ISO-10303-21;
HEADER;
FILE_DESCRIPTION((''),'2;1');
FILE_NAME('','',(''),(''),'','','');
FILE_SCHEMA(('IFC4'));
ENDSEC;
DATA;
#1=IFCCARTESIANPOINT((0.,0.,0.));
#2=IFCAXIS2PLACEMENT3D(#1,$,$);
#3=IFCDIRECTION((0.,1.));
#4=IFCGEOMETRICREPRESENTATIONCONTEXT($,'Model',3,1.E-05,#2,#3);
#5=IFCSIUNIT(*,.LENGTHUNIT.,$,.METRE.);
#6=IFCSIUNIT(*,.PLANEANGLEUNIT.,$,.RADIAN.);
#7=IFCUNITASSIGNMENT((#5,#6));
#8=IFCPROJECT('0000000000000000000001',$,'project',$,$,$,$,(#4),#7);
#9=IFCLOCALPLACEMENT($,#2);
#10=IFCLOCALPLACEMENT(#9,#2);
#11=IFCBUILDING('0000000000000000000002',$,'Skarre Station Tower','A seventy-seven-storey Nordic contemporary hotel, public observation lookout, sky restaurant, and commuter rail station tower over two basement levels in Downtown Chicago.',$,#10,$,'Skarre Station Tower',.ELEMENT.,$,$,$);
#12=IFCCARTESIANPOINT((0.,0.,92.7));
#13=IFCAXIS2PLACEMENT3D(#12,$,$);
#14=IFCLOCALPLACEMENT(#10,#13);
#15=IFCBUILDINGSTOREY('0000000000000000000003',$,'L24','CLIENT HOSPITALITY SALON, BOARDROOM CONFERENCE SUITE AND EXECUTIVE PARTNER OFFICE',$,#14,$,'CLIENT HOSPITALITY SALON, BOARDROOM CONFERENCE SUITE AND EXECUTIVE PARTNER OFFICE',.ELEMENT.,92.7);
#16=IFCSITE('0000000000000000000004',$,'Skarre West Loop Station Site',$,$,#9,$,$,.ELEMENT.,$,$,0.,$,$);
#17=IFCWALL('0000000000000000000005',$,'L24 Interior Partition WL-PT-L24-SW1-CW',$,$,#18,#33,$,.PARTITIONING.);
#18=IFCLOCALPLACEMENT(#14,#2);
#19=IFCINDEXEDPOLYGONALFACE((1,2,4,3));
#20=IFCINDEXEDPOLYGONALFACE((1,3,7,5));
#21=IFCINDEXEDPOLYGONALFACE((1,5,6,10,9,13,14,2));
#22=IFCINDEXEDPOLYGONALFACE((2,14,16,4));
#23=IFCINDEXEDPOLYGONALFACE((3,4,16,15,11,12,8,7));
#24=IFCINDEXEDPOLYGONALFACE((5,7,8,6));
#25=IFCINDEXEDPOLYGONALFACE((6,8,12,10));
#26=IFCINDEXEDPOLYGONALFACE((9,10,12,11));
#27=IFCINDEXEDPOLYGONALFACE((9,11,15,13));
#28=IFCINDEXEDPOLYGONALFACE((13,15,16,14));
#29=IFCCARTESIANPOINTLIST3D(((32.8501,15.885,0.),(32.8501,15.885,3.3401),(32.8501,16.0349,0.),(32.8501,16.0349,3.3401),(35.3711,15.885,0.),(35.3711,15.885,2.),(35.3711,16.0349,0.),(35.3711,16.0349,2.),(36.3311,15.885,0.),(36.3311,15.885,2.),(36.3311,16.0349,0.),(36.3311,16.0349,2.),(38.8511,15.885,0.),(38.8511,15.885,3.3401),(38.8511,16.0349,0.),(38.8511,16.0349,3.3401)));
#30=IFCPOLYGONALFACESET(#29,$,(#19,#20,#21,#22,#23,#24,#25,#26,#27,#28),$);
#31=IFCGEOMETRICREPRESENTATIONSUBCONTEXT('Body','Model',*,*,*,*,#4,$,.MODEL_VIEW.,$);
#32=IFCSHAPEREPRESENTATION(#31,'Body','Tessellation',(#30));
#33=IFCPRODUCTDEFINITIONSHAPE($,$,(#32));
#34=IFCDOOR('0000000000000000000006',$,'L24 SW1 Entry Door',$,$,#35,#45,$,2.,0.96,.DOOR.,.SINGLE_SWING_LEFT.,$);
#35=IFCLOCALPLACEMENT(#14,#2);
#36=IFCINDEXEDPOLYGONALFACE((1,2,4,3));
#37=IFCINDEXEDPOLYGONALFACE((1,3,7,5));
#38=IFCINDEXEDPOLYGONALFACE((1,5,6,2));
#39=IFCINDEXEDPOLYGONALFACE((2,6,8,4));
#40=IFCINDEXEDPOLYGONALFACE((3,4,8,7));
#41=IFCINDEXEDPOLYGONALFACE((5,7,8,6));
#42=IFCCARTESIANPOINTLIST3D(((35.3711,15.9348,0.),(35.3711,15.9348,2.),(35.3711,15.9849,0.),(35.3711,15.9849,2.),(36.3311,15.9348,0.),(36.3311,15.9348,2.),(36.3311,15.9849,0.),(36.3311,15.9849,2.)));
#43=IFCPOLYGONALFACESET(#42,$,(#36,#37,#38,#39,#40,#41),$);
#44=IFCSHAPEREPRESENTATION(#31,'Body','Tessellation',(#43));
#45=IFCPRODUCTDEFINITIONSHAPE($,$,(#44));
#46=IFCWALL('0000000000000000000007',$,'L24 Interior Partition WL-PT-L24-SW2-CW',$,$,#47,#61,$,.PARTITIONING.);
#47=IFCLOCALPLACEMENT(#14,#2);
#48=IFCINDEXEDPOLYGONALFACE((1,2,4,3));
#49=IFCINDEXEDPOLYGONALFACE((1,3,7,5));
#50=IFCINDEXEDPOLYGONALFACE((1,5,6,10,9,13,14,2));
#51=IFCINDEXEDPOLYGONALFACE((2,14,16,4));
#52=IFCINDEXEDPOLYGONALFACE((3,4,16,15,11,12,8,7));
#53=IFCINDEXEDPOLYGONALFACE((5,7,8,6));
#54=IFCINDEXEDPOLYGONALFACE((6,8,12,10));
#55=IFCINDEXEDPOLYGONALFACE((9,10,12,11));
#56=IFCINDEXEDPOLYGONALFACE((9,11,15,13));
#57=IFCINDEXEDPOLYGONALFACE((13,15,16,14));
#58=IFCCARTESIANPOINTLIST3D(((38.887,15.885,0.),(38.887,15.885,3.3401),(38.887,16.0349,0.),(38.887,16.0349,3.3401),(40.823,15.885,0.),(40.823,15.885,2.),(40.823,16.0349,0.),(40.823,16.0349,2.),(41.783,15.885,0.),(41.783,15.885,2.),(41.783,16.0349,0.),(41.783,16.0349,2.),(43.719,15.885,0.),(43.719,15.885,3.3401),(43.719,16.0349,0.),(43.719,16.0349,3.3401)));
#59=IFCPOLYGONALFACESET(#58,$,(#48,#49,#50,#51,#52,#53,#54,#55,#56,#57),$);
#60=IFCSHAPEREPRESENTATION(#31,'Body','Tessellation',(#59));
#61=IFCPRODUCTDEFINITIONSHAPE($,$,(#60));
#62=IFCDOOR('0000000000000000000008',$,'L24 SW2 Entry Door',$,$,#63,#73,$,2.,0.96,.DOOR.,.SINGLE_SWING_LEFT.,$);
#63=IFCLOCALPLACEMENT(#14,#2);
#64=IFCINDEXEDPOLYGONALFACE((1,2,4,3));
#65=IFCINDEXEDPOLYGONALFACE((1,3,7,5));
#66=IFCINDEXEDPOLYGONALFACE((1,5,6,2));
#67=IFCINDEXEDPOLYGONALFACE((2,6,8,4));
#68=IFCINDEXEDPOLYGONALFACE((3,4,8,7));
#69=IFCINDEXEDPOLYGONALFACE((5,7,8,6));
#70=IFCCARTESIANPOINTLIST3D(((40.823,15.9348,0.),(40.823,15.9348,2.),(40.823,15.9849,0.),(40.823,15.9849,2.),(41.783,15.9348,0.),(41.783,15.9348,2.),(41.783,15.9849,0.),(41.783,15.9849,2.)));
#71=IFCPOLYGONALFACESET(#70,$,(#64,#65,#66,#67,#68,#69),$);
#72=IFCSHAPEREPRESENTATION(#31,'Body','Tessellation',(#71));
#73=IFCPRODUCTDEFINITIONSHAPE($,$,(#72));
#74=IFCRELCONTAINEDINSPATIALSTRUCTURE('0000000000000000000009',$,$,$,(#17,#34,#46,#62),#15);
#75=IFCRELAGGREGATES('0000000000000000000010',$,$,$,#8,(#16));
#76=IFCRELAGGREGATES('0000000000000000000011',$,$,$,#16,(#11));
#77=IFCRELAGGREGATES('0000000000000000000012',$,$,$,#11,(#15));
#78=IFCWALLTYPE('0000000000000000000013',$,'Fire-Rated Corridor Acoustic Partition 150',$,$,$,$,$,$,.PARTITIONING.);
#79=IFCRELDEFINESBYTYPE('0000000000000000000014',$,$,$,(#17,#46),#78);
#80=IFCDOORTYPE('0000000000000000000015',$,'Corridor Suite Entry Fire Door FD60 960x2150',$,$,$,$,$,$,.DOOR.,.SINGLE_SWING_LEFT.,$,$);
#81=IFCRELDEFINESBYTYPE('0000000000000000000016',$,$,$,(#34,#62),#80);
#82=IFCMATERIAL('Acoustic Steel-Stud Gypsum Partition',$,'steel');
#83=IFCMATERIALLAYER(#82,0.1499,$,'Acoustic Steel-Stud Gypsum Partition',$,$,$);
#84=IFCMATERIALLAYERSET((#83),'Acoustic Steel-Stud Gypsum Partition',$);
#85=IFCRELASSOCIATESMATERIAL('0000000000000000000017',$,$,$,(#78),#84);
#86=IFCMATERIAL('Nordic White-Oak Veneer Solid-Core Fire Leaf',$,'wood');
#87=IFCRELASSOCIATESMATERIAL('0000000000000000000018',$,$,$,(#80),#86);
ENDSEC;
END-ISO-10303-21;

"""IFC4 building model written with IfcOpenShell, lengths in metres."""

from ifc_helpers import new_model, si_unit, direction, frame, frame_2d, origin, place, context, subcontext, project, spatial, rectangle, extrude, material, layer, layer_set, type_object, element, fill, save


model = new_model("IFC4")

# Units and contexts
model_context = context("Model", 3, precision=1e-05, world=origin(), true_north=direction((0.0, 1.0)))
body_context = subcontext(model_context, "Body", "Model", "MODEL_VIEW")
ifc_project = project(units=[si_unit("LENGTHUNIT", "METRE"), si_unit("PLANEANGLEUNIT", "RADIAN")], contexts=[model_context])

# Site, building, storey
site_placement = place(None, origin())
site = spatial("IfcSite", under=ifc_project, at=site_placement, Name="Skarre West Loop Station Site", CompositionType="ELEMENT", RefElevation=0.0)
building_placement = place(site_placement, origin())
building = spatial("IfcBuilding", under=site, at=building_placement, Name="Skarre Station Tower", Description="A seventy-seven-storey Nordic contemporary hotel, public observation lookout, sky restaurant, and commuter rail station tower over two basement levels in Downtown Chicago.", LongName="Skarre Station Tower", CompositionType="ELEMENT")
storey_placement = place(building_placement, frame((0.0, 0.0, 92.7)))
storey = spatial("IfcBuildingStorey", under=building, at=storey_placement, Name="L24", Description="CLIENT HOSPITALITY SALON, BOARDROOM CONFERENCE SUITE AND EXECUTIVE PARTNER OFFICE", LongName="CLIENT HOSPITALITY SALON, BOARDROOM CONFERENCE SUITE AND EXECUTIVE PARTNER OFFICE", CompositionType="ELEMENT", Elevation=92.7)

# Shared definitions
ifc_material_1 = material(Name="Acoustic Steel-Stud Gypsum Partition", Category="steel")
ifc_layer_1 = layer(ifc_material_1, 0.1499, Name="Acoustic Steel-Stud Gypsum Partition")
ifc_layer_set_1 = layer_set([ifc_layer_1], Name="Acoustic Steel-Stud Gypsum Partition")
wall_type_1 = type_object("IfcWallType", Name="Fire-Rated Corridor Acoustic Partition 150", PredefinedType="PARTITIONING", material=ifc_layer_set_1)

# Walls, openings, doors
wall_1_placement = place(storey_placement, frame((32.8501, 15.96, 0.0), z_axis=(0.0, 0.0, 1.0), x_axis=(1.0, 0.0, 0.0)))
wall_1 = element("IfcWall", 1, at=wall_1_placement, inside=storey, type_object=wall_type_1, Name="L24 Interior Partition WL-PT-L24-SW1-CW", PredefinedType="PARTITIONING", context=body_context, shape_type="SweptSolid", body=[
    extrude(rectangle(XDim=6.001, YDim=0.1499, at=frame_2d((3.0005, 0.0))), origin(), (0.0, 0.0, 1.0), 3.3401),
])
opening_1_placement = place(wall_1_placement, frame((2.521, 0.0, 0.0)))
opening_1 = element("IfcOpeningElement", 2, at=opening_1_placement, cuts=wall_1, PredefinedType="OPENING", context=body_context, shape_type="SweptSolid", body=[
    extrude(rectangle(XDim=0.96, YDim=2.0, at=frame_2d((0.48, 1.0))), frame((0.0, 0.085, 0.0), z_axis=(0.0, -1.0, 0.0), x_axis=(1.0, 0.0, 0.0)), (0.0, 0.0, 1.0), 0.1699),
])
ifc_material_2 = material(Name="Nordic White-Oak Veneer Solid-Core Fire Leaf", Category="wood")
door_type_1 = type_object("IfcDoorType", Name="Corridor Suite Entry Fire Door FD60 960x2150", OperationType="SINGLE_SWING_LEFT", PredefinedType="DOOR", material=ifc_material_2)
door_1_placement = place(opening_1_placement, origin())
door_1 = element("IfcDoor", 3, at=door_1_placement, inside=storey, type_object=door_type_1, Name="L24 SW1 Entry Door", OperationType="SINGLE_SWING_LEFT", OverallHeight=2.0, OverallWidth=0.96, PredefinedType="DOOR", context=body_context, shape_type="SweptSolid", body=[
    extrude(rectangle(XDim=0.96, YDim=2.0, at=frame_2d((0.48, 1.0))), frame((0.0, 0.0249, 0.0), z_axis=(0.0, -1.0, 0.0), x_axis=(1.0, 0.0, 0.0)), (0.0, 0.0, 1.0), 0.05),
])
fill(opening_1, door_1)
wall_2_placement = place(storey_placement, frame((38.887, 15.96, 0.0), z_axis=(0.0, 0.0, 1.0), x_axis=(1.0, 0.0, 0.0)))
wall_2 = element("IfcWall", 4, at=wall_2_placement, inside=storey, type_object=wall_type_1, Name="L24 Interior Partition WL-PT-L24-SW2-CW", PredefinedType="PARTITIONING", context=body_context, shape_type="SweptSolid", body=[
    extrude(rectangle(XDim=4.832, YDim=0.1499, at=frame_2d((2.416, 0.0))), origin(), (0.0, 0.0, 1.0), 3.3401),
])
opening_2_placement = place(wall_2_placement, frame((1.936, 0.0, 0.0)))
opening_2 = element("IfcOpeningElement", 5, at=opening_2_placement, cuts=wall_2, PredefinedType="OPENING", context=body_context, shape_type="SweptSolid", body=[
    extrude(rectangle(XDim=0.96, YDim=2.0, at=frame_2d((0.48, 1.0))), frame((0.0, 0.085, 0.0), z_axis=(0.0, -1.0, 0.0), x_axis=(1.0, 0.0, 0.0)), (0.0, 0.0, 1.0), 0.1699),
])
door_2_placement = place(opening_2_placement, origin())
door_2 = element("IfcDoor", 6, at=door_2_placement, inside=storey, type_object=door_type_1, Name="L24 SW2 Entry Door", OperationType="SINGLE_SWING_LEFT", OverallHeight=2.0, OverallWidth=0.96, PredefinedType="DOOR", context=body_context, shape_type="SweptSolid", body=[
    extrude(rectangle(XDim=0.96, YDim=2.0, at=frame_2d((0.48, 1.0))), frame((0.0, 0.0249, 0.0), z_axis=(0.0, -1.0, 0.0), x_axis=(1.0, 0.0, 0.0)), (0.0, 0.0, 1.0), 0.05),
])
fill(opening_2, door_2)

save(model, "model.ifc")
